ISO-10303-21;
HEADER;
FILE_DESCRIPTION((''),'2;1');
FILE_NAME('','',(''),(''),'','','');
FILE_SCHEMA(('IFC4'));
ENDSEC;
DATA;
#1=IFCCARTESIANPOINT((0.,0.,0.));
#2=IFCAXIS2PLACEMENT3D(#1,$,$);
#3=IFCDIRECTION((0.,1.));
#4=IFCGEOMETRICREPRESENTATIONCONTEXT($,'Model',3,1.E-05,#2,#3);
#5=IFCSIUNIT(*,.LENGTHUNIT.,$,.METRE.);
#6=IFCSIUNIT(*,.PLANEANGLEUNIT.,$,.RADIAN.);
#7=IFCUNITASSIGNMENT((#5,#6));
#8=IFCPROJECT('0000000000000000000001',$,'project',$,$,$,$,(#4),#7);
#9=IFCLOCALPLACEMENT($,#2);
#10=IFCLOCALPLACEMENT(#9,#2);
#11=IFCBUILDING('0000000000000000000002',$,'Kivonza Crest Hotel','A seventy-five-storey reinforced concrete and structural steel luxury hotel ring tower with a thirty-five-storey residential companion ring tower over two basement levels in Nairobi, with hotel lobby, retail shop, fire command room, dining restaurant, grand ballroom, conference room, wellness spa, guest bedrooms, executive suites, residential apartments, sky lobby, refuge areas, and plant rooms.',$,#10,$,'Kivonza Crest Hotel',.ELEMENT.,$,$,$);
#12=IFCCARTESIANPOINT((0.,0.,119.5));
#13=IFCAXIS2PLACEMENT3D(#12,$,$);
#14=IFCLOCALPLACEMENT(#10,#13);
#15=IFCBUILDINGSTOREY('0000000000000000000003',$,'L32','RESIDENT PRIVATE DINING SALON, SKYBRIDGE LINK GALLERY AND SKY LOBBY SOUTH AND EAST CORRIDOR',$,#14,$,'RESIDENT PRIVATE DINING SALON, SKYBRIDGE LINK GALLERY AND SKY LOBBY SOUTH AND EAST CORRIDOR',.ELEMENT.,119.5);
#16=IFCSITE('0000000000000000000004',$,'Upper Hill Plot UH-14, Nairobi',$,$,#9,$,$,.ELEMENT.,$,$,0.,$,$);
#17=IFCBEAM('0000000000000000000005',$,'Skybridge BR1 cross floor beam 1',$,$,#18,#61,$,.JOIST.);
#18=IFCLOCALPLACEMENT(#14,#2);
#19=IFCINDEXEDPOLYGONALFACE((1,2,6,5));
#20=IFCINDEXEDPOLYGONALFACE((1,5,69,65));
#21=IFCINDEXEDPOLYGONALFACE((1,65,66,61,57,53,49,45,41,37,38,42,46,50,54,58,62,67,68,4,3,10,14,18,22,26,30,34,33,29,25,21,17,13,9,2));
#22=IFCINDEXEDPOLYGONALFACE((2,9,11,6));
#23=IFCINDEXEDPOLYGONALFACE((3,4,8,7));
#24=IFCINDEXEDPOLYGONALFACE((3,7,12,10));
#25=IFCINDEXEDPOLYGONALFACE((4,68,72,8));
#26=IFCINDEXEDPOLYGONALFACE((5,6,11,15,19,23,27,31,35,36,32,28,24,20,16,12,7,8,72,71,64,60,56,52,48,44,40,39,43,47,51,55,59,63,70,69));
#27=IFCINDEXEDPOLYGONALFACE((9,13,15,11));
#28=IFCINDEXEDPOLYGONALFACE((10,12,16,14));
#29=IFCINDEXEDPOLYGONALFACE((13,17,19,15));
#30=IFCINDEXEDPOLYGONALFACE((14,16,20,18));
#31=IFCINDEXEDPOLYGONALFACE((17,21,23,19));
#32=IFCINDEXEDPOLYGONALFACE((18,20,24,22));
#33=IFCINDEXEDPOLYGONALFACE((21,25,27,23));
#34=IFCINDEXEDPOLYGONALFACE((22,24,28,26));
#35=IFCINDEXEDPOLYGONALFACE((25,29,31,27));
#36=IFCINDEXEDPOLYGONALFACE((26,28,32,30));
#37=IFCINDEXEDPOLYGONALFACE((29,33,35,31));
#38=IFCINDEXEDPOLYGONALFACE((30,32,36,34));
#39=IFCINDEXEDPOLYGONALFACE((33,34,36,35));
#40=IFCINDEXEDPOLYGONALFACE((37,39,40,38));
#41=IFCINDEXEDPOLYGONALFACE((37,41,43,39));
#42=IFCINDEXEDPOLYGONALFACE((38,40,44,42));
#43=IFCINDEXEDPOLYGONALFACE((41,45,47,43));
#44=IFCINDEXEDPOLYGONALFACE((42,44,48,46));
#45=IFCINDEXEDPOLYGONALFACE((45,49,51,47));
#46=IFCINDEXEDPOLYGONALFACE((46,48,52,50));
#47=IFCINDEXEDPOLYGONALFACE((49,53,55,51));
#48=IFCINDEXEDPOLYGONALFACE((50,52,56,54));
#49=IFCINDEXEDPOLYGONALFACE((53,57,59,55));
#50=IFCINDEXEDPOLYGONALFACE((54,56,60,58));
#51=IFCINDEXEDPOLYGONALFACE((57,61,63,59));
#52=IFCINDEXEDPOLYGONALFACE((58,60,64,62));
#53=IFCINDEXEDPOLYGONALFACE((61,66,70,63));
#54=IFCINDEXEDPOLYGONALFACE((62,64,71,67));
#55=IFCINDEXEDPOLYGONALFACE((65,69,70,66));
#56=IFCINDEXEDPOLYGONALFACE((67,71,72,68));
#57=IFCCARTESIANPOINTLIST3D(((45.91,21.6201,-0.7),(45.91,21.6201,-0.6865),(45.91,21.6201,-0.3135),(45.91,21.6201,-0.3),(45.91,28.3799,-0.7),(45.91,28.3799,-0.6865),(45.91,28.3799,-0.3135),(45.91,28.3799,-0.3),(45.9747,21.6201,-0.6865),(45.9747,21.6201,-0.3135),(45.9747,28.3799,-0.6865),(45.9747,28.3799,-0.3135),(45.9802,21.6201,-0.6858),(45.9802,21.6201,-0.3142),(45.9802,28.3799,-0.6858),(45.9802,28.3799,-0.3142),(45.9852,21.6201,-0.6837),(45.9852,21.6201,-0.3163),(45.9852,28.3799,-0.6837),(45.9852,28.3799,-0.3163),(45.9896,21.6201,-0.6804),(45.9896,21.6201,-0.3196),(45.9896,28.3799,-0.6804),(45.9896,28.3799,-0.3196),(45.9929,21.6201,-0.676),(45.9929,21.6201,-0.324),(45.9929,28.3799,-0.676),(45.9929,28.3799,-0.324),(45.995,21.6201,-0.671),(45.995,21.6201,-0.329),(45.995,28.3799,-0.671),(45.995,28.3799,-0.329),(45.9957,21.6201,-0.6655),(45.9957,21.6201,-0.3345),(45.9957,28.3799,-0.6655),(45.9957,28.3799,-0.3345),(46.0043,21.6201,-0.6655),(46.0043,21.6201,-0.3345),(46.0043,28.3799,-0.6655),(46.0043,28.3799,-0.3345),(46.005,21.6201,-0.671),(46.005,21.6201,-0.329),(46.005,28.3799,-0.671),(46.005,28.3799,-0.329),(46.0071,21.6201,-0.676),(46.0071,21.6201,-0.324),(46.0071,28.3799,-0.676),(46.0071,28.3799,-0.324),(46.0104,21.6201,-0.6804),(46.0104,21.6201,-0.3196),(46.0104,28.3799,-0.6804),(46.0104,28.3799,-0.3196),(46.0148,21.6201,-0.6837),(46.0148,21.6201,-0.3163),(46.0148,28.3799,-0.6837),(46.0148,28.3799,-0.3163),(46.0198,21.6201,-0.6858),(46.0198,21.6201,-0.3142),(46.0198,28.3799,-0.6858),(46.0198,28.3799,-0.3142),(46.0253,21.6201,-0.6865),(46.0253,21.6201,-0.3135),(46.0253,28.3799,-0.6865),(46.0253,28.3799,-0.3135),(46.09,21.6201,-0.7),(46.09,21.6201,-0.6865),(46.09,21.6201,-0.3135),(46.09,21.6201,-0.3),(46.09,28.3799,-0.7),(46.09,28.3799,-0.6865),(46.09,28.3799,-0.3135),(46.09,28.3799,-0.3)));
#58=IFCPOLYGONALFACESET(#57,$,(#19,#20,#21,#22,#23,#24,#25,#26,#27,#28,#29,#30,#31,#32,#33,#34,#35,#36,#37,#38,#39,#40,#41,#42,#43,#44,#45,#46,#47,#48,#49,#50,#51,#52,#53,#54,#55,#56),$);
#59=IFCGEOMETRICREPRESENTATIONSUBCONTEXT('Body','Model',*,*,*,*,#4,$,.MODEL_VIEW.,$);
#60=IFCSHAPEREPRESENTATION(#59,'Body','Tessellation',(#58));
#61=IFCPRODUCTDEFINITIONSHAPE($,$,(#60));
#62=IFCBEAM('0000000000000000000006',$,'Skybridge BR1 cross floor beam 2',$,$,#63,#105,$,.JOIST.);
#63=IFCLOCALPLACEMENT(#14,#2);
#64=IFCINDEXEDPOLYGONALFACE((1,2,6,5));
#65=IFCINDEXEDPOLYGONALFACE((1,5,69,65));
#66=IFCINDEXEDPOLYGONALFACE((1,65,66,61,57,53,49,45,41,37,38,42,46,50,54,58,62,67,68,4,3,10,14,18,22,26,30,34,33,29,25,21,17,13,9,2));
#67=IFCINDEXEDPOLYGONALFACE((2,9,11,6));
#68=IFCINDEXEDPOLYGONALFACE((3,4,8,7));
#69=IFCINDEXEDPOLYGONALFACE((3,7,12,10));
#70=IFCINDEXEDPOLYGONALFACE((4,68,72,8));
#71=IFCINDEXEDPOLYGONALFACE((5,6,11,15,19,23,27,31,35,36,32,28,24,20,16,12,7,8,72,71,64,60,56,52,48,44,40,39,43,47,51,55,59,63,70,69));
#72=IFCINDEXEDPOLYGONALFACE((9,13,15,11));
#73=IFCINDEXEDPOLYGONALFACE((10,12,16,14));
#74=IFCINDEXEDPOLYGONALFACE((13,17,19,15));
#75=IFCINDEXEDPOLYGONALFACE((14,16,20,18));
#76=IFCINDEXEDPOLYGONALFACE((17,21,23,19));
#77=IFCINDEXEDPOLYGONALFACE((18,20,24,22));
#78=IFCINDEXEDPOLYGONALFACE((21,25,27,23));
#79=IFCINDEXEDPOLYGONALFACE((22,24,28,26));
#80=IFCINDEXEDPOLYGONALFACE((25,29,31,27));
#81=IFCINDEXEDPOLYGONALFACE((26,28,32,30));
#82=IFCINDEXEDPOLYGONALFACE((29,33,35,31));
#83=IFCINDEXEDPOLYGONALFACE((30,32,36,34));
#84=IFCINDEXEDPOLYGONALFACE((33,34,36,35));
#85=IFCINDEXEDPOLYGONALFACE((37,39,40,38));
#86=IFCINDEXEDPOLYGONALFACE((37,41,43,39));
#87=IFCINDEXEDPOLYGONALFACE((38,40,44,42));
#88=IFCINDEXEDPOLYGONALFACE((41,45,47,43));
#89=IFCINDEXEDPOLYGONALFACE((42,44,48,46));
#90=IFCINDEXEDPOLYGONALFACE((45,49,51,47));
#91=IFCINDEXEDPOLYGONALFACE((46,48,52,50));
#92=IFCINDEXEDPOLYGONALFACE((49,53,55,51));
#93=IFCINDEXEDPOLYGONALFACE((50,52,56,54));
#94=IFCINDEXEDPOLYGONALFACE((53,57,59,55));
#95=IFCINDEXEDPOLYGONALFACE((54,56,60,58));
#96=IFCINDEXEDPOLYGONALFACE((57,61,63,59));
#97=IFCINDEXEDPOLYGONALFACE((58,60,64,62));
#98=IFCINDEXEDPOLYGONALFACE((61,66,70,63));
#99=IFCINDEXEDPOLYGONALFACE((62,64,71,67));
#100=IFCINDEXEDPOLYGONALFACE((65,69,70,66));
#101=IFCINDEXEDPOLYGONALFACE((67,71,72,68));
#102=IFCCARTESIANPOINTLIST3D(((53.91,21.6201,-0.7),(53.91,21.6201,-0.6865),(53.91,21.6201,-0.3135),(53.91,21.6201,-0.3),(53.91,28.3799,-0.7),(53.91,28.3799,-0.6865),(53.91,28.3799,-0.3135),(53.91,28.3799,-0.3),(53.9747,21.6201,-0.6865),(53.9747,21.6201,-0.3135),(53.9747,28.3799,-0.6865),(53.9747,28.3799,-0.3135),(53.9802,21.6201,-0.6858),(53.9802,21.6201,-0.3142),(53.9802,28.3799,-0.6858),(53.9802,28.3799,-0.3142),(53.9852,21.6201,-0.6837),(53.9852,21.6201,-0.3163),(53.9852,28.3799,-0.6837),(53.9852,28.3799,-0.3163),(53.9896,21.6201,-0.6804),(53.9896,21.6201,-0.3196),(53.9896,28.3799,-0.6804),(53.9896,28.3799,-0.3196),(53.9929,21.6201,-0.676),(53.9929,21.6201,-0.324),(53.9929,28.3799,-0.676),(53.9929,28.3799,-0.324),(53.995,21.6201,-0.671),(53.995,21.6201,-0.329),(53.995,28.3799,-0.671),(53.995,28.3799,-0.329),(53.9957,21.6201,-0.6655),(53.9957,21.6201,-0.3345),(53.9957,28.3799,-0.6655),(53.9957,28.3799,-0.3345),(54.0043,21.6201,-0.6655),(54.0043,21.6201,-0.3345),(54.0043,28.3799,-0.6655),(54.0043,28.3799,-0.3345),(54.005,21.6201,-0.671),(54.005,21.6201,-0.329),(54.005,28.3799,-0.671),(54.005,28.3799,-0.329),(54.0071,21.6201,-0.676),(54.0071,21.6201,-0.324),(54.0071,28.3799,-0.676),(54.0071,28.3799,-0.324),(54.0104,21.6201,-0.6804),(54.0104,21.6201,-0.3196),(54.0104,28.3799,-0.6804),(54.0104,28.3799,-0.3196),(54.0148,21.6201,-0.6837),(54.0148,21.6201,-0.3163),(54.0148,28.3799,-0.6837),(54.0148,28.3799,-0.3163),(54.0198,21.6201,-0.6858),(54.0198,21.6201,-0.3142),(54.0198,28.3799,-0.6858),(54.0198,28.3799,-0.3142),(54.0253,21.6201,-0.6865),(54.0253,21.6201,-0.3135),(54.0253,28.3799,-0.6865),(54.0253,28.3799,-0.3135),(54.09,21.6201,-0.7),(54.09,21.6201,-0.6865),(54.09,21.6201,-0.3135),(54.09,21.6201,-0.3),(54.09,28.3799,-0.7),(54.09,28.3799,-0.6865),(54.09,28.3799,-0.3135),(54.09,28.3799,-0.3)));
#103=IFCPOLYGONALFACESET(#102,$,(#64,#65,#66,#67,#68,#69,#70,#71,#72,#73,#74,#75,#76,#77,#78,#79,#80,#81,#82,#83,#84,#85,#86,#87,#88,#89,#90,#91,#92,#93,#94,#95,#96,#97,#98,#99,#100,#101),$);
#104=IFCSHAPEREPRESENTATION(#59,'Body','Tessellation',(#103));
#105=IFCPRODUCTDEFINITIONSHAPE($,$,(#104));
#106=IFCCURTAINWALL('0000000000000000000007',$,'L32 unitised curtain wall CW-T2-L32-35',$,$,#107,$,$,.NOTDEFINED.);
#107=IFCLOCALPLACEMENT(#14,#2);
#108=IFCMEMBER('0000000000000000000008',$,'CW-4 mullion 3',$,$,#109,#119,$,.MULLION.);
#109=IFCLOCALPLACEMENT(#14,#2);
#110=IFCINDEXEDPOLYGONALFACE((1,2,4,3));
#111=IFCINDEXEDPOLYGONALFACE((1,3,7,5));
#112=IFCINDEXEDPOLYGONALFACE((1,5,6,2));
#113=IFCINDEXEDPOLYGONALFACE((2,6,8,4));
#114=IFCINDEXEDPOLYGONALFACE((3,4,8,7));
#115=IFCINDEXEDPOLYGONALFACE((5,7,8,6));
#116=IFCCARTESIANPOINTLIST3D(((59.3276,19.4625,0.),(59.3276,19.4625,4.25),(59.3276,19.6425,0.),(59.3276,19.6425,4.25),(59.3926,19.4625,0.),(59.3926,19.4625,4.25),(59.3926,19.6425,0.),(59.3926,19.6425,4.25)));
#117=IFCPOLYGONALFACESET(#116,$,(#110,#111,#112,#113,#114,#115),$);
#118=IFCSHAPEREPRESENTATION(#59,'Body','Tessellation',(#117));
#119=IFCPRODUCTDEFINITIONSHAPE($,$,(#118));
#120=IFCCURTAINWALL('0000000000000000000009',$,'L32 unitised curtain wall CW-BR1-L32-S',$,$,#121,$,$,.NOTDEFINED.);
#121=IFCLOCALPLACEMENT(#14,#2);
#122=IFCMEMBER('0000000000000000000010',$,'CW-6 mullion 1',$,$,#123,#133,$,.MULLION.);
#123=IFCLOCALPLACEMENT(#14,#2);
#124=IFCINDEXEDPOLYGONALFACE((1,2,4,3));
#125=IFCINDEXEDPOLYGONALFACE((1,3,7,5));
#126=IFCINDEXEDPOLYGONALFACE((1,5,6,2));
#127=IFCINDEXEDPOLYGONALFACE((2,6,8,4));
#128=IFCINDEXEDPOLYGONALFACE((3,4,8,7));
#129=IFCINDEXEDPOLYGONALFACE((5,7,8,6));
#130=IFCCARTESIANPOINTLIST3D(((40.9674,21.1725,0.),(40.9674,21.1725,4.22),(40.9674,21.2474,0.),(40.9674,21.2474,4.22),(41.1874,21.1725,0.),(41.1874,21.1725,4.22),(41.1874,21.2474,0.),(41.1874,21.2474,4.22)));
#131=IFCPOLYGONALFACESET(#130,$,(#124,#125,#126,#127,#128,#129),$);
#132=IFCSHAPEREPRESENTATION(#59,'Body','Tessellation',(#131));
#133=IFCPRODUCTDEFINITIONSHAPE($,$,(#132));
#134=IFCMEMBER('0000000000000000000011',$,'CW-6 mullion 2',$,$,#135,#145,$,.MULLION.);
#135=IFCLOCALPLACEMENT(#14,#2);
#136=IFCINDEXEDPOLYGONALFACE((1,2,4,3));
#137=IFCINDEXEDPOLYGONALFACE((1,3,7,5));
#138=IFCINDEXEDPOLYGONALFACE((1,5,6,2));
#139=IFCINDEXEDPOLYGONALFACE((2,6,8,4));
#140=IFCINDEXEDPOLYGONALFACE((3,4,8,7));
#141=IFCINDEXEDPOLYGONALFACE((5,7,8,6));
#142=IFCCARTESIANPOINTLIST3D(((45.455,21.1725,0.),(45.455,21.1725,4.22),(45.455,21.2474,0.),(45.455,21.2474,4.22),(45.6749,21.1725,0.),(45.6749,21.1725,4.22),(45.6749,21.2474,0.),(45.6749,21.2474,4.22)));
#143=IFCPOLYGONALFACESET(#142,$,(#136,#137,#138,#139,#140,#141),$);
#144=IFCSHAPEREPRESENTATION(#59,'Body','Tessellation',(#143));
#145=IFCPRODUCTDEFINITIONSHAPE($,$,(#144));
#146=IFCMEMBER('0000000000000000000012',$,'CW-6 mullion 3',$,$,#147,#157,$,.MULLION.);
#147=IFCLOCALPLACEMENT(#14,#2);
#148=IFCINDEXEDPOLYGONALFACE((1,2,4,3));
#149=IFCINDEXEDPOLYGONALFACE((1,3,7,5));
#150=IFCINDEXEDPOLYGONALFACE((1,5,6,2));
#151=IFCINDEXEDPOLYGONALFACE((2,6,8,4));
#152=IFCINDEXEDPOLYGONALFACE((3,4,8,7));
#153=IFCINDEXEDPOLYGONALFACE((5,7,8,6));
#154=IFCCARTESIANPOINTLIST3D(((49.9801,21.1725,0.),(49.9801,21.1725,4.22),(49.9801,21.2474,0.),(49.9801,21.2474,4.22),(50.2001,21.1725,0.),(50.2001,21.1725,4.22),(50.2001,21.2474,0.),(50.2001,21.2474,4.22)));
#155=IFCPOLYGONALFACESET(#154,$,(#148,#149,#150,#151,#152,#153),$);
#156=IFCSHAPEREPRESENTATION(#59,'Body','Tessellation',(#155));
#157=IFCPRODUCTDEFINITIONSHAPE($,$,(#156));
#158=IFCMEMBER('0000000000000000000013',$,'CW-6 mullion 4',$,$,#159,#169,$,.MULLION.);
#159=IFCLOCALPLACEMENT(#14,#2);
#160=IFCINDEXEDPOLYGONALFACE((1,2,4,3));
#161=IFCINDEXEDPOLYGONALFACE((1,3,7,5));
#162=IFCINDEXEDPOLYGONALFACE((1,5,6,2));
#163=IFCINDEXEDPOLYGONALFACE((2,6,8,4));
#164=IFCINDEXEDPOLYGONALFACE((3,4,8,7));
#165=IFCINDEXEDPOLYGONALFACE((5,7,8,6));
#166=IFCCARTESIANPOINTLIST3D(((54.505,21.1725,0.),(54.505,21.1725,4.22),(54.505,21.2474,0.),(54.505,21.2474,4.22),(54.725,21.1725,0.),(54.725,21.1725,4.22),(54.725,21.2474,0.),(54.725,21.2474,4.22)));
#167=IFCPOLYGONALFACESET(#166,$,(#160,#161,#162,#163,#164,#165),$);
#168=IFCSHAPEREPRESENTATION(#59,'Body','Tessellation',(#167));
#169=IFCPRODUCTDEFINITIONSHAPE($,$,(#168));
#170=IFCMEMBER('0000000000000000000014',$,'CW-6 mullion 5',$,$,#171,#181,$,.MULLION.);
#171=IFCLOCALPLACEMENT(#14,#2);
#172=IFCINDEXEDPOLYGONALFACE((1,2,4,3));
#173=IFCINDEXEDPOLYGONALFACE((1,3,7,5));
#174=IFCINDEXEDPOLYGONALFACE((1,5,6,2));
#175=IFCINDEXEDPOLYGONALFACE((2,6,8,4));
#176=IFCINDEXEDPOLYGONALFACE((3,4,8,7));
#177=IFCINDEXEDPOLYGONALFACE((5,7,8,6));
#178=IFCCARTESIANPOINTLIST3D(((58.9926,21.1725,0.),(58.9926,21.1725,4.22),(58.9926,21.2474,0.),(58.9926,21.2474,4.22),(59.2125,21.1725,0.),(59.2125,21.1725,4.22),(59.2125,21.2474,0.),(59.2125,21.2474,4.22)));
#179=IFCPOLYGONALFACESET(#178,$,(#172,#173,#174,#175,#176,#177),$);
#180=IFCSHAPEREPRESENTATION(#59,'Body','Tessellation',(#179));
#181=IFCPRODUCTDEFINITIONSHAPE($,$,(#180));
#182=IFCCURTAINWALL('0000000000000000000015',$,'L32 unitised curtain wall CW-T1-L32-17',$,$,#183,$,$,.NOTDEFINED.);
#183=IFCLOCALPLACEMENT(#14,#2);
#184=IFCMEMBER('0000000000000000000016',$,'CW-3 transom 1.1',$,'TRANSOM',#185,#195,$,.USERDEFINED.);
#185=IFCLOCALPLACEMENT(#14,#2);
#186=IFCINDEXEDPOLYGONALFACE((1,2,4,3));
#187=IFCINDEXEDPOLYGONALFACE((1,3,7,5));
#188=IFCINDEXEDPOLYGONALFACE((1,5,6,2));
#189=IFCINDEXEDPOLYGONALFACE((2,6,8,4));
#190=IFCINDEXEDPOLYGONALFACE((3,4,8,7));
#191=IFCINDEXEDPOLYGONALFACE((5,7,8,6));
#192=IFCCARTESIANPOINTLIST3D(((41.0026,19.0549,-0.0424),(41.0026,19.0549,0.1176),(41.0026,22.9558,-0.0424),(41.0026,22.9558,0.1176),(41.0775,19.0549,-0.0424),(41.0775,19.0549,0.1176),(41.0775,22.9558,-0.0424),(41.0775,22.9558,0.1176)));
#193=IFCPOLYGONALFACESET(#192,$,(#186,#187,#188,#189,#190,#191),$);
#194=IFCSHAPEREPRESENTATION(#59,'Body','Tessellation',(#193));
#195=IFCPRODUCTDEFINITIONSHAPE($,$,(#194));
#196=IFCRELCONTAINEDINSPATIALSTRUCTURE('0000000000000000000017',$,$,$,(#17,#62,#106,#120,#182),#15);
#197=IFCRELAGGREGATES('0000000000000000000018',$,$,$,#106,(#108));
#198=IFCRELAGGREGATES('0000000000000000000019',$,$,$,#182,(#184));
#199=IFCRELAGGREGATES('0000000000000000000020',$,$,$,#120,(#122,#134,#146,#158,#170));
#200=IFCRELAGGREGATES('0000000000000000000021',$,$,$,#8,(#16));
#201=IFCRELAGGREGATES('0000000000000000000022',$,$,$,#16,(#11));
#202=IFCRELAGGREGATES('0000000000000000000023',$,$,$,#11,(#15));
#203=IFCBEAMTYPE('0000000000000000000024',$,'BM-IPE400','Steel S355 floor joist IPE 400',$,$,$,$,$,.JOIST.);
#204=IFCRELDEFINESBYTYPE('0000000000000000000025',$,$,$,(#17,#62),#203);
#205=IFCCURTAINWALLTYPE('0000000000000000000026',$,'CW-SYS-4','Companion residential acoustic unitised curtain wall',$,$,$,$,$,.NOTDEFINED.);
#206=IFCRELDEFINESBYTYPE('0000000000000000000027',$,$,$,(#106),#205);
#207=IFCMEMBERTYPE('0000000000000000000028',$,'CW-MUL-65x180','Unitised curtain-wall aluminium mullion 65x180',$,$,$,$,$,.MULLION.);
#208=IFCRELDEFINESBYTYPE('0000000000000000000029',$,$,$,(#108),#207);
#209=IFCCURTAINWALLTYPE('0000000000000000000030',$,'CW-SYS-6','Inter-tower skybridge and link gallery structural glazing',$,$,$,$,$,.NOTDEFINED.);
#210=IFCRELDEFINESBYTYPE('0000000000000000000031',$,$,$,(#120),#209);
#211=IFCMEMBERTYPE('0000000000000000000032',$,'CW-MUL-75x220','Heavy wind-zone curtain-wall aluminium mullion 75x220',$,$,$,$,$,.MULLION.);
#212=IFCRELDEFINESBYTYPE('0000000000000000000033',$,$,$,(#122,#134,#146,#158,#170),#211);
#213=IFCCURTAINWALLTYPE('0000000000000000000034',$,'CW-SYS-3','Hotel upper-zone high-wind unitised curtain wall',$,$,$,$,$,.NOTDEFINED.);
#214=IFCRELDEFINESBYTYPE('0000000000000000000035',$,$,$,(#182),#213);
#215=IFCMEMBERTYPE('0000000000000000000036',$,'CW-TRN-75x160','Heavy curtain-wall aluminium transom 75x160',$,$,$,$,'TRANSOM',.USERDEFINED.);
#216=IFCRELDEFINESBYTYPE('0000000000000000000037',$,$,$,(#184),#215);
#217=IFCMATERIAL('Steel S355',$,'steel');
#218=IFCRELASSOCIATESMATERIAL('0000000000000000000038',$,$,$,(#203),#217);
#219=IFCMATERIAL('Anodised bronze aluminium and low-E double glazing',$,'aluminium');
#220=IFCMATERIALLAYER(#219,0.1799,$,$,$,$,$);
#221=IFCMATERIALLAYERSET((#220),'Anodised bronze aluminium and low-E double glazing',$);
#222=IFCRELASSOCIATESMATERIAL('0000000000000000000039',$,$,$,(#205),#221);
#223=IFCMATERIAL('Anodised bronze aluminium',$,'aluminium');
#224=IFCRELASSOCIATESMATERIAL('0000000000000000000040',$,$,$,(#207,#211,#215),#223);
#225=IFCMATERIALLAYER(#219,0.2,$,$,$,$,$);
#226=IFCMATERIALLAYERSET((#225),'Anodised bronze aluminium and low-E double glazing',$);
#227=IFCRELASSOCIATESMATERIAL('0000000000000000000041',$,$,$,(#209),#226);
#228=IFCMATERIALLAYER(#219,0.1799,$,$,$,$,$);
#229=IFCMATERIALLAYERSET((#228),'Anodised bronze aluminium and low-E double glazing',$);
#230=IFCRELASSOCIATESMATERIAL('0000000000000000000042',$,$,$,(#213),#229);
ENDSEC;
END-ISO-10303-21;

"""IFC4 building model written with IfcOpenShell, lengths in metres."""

from ifc_helpers import new_model, si_unit, direction, frame, origin, origin_2d, place, context, subcontext, project, spatial, rectangle, i_section, extrude, material, layer, layer_set, material_profile, profile_set, type_object, element, aggregate, save


model = new_model("IFC4")

# Units and contexts
model_context = context("Model", 3, precision=1e-05, world=origin(), true_north=direction((0.0, 1.0)))
body_context = subcontext(model_context, "Body", "Model", "MODEL_VIEW")
ifc_project = project(units=[si_unit("LENGTHUNIT", "METRE"), si_unit("PLANEANGLEUNIT", "RADIAN")], contexts=[model_context])

# Site, building, storey
site_placement = place(None, origin())
site = spatial("IfcSite", under=ifc_project, at=site_placement, Name="Upper Hill Plot UH-14, Nairobi", CompositionType="ELEMENT", RefElevation=0.0)
building_placement = place(site_placement, origin())
building = spatial("IfcBuilding", under=site, at=building_placement, Name="Kivonza Crest Hotel", Description="A seventy-five-storey reinforced concrete and structural steel luxury hotel ring tower with a thirty-five-storey residential companion ring tower over two basement levels in Nairobi, with hotel lobby, retail shop, fire command room, dining restaurant, grand ballroom, conference room, wellness spa, guest bedrooms, executive suites, residential apartments, sky lobby, refuge areas, and plant rooms.", LongName="Kivonza Crest Hotel", CompositionType="ELEMENT")
storey_placement = place(building_placement, frame((0.0, 0.0, 119.5)))
storey = spatial("IfcBuildingStorey", under=building, at=storey_placement, Name="L32", Description="RESIDENT PRIVATE DINING SALON, SKYBRIDGE LINK GALLERY AND SKY LOBBY SOUTH AND EAST CORRIDOR", LongName="RESIDENT PRIVATE DINING SALON, SKYBRIDGE LINK GALLERY AND SKY LOBBY SOUTH AND EAST CORRIDOR", CompositionType="ELEMENT", Elevation=119.5)

# Beams
ifc_material_1 = material(Name="Steel S355", Category="steel")
ifc_material_profile_1 = material_profile(ifc_material_1, i_section(OverallWidth=0.1799, OverallDepth=0.3999, WebThickness=0.0085, FlangeThickness=0.0134, FilletRadius=0.021, at=origin_2d()), Name="IPE 400")
ifc_profile_set_1 = profile_set([ifc_material_profile_1], Name="Steel S355")
beam_type = type_object("IfcBeamType", Name="BM-IPE400", Description="Steel S355 floor joist IPE 400", PredefinedType="JOIST", material=ifc_profile_set_1)
for number, where, z_axis, x_axis, name in (
    (1, (46.0, 21.6201, -0.5), (0.0, 1.0, 0.0), (-1.0, 0.0, 0.0), "Skybridge BR1 cross floor beam 1"),
    (2, (54.0, 21.6201, -0.5), (0.0, 1.0, 0.0), (-1.0, 0.0, 0.0), "Skybridge BR1 cross floor beam 2"),
):
    element("IfcBeam", number, at=place(storey_placement, frame(where, z_axis=z_axis, x_axis=x_axis)), inside=storey, type_object=beam_type, Name=name, PredefinedType="JOIST", context=body_context, shape_type="SweptSolid", body=[
        extrude(i_section(OverallWidth=0.1799, OverallDepth=0.3999, WebThickness=0.0085, FlangeThickness=0.0134, FilletRadius=0.021, at=origin_2d()), origin(), (0.0, 0.0, 1.0), 6.7598),
    ])

# Curtain wall, member
ifc_material_2 = material(Name="Anodised bronze aluminium and low-E double glazing", Category="aluminium")
ifc_layer_1 = layer(ifc_material_2, 0.1799)
ifc_layer_set_1 = layer_set([ifc_layer_1], Name="Anodised bronze aluminium and low-E double glazing")
curtain_wall_type_1 = type_object("IfcCurtainWallType", Name="CW-SYS-4", Description="Companion residential acoustic unitised curtain wall", PredefinedType="NOTDEFINED", material=ifc_layer_set_1)
curtain_wall_1_placement = place(storey_placement, origin())
curtain_wall_1 = element("IfcCurtainWall", 3, at=curtain_wall_1_placement, inside=storey, type_object=curtain_wall_type_1, Name="L32 unitised curtain wall CW-T2-L32-35", PredefinedType="NOTDEFINED")
ifc_material_3 = material(Name="Anodised bronze aluminium", Category="aluminium")
ifc_material_profile_2 = material_profile(ifc_material_3, rectangle(XDim=0.0649, YDim=0.1799, at=origin_2d()), Name="CW-M 65x180")
ifc_profile_set_2 = profile_set([ifc_material_profile_2], Name="Anodised bronze aluminium")
member_type_1 = type_object("IfcMemberType", Name="CW-MUL-65x180", Description="Unitised curtain-wall aluminium mullion 65x180", PredefinedType="MULLION", material=ifc_profile_set_2)
member_1_placement = place(storey_placement, frame((59.3601, 19.5525, 0.0), z_axis=(0.0, 0.0, 1.0), x_axis=(1.0, 0.0, 0.0)))
member_1 = element("IfcMember", 4, at=member_1_placement, type_object=member_type_1, Name="CW-4 mullion 3", PredefinedType="MULLION", context=body_context, shape_type="SweptSolid", body=[
    extrude(rectangle(XDim=0.0649, YDim=0.1799, at=origin_2d()), origin(), (0.0, 0.0, 1.0), 4.25),
])

# Curtain walls, members
ifc_layer_2 = layer(ifc_material_2, 0.2)
ifc_layer_set_2 = layer_set([ifc_layer_2], Name="Anodised bronze aluminium and low-E double glazing")
curtain_wall_type_2 = type_object("IfcCurtainWallType", Name="CW-SYS-6", Description="Inter-tower skybridge and link gallery structural glazing", PredefinedType="NOTDEFINED", material=ifc_layer_set_2)
curtain_wall_2_placement = place(storey_placement, origin())
curtain_wall_2 = element("IfcCurtainWall", 5, at=curtain_wall_2_placement, inside=storey, type_object=curtain_wall_type_2, Name="L32 unitised curtain wall CW-BR1-L32-S", PredefinedType="NOTDEFINED")
ifc_material_profile_3 = material_profile(ifc_material_3, rectangle(XDim=0.075, YDim=0.22, at=origin_2d()), Name="CW-M 75x220")
ifc_profile_set_3 = profile_set([ifc_material_profile_3], Name="Anodised bronze aluminium")
member_type_2 = type_object("IfcMemberType", Name="CW-MUL-75x220", Description="Heavy wind-zone curtain-wall aluminium mullion 75x220", PredefinedType="MULLION", material=ifc_profile_set_3)
member_2_placement = place(storey_placement, frame((41.0774, 21.21, 0.0), z_axis=(0.0, 0.0, 1.0), x_axis=(0.0, 1.0, 0.0)))
member_2 = element("IfcMember", 6, at=member_2_placement, type_object=member_type_2, Name="CW-6 mullion 1", PredefinedType="MULLION", context=body_context, shape_type="SweptSolid", body=[
    extrude(rectangle(XDim=0.075, YDim=0.22, at=origin_2d()), origin(), (0.0, 0.0, 1.0), 4.22),
])
member_3_placement = place(storey_placement, frame((45.5649, 21.21, 0.0), z_axis=(0.0, 0.0, 1.0), x_axis=(0.0, 1.0, 0.0)))
member_3 = element("IfcMember", 7, at=member_3_placement, type_object=member_type_2, Name="CW-6 mullion 2", PredefinedType="MULLION", context=body_context, shape_type="SweptSolid", body=[
    extrude(rectangle(XDim=0.075, YDim=0.22, at=origin_2d()), origin(), (0.0, 0.0, 1.0), 4.22),
])
member_4_placement = place(storey_placement, frame((50.0901, 21.21, 0.0), z_axis=(0.0, 0.0, 1.0), x_axis=(0.0, 1.0, 0.0)))
member_4 = element("IfcMember", 8, at=member_4_placement, type_object=member_type_2, Name="CW-6 mullion 3", PredefinedType="MULLION", context=body_context, shape_type="SweptSolid", body=[
    extrude(rectangle(XDim=0.075, YDim=0.22, at=origin_2d()), origin(), (0.0, 0.0, 1.0), 4.22),
])
member_5_placement = place(storey_placement, frame((54.615, 21.21, 0.0), z_axis=(0.0, 0.0, 1.0), x_axis=(0.0, 1.0, 0.0)))
member_5 = element("IfcMember", 9, at=member_5_placement, type_object=member_type_2, Name="CW-6 mullion 4", PredefinedType="MULLION", context=body_context, shape_type="SweptSolid", body=[
    extrude(rectangle(XDim=0.075, YDim=0.22, at=origin_2d()), origin(), (0.0, 0.0, 1.0), 4.22),
])
member_6_placement = place(storey_placement, frame((59.1025, 21.21, 0.0), z_axis=(0.0, 0.0, 1.0), x_axis=(0.0, 1.0, 0.0)))
member_6 = element("IfcMember", 10, at=member_6_placement, type_object=member_type_2, Name="CW-6 mullion 5", PredefinedType="MULLION", context=body_context, shape_type="SweptSolid", body=[
    extrude(rectangle(XDim=0.075, YDim=0.22, at=origin_2d()), origin(), (0.0, 0.0, 1.0), 4.22),
])
ifc_layer_3 = layer(ifc_material_2, 0.1799)
ifc_layer_set_3 = layer_set([ifc_layer_3], Name="Anodised bronze aluminium and low-E double glazing")
curtain_wall_type_3 = type_object("IfcCurtainWallType", Name="CW-SYS-3", Description="Hotel upper-zone high-wind unitised curtain wall", PredefinedType="NOTDEFINED", material=ifc_layer_set_3)
curtain_wall_3_placement = place(storey_placement, origin())
curtain_wall_3 = element("IfcCurtainWall", 11, at=curtain_wall_3_placement, inside=storey, type_object=curtain_wall_type_3, Name="L32 unitised curtain wall CW-T1-L32-17", PredefinedType="NOTDEFINED")
ifc_material_profile_4 = material_profile(ifc_material_3, rectangle(XDim=0.075, YDim=0.1599, at=origin_2d()), Name="CW-T 75x160")
ifc_profile_set_4 = profile_set([ifc_material_profile_4], Name="Anodised bronze aluminium")
member_type_3 = type_object("IfcMemberType", Name="CW-TRN-75x160", Description="Heavy curtain-wall aluminium transom 75x160", ElementType="TRANSOM", PredefinedType="USERDEFINED", material=ifc_profile_set_4)
member_7_placement = place(storey_placement, frame((41.04, 19.0549, 0.0376), z_axis=(0.0, 1.0, 0.0), x_axis=(-1.0, 0.0, 0.0)))
member_7 = element("IfcMember", 12, at=member_7_placement, type_object=member_type_3, Name="CW-3 transom 1.1", ObjectType="TRANSOM", PredefinedType="USERDEFINED", context=body_context, shape_type="SweptSolid", body=[
    extrude(rectangle(XDim=0.075, YDim=0.1599, at=origin_2d()), origin(), (0.0, 0.0, 1.0), 3.9009),
])

aggregate(curtain_wall_1, [member_1])
aggregate(curtain_wall_3, [member_7])
aggregate(curtain_wall_2, [member_2, member_3, member_4, member_5, member_6])

save(model, "model.ifc")
